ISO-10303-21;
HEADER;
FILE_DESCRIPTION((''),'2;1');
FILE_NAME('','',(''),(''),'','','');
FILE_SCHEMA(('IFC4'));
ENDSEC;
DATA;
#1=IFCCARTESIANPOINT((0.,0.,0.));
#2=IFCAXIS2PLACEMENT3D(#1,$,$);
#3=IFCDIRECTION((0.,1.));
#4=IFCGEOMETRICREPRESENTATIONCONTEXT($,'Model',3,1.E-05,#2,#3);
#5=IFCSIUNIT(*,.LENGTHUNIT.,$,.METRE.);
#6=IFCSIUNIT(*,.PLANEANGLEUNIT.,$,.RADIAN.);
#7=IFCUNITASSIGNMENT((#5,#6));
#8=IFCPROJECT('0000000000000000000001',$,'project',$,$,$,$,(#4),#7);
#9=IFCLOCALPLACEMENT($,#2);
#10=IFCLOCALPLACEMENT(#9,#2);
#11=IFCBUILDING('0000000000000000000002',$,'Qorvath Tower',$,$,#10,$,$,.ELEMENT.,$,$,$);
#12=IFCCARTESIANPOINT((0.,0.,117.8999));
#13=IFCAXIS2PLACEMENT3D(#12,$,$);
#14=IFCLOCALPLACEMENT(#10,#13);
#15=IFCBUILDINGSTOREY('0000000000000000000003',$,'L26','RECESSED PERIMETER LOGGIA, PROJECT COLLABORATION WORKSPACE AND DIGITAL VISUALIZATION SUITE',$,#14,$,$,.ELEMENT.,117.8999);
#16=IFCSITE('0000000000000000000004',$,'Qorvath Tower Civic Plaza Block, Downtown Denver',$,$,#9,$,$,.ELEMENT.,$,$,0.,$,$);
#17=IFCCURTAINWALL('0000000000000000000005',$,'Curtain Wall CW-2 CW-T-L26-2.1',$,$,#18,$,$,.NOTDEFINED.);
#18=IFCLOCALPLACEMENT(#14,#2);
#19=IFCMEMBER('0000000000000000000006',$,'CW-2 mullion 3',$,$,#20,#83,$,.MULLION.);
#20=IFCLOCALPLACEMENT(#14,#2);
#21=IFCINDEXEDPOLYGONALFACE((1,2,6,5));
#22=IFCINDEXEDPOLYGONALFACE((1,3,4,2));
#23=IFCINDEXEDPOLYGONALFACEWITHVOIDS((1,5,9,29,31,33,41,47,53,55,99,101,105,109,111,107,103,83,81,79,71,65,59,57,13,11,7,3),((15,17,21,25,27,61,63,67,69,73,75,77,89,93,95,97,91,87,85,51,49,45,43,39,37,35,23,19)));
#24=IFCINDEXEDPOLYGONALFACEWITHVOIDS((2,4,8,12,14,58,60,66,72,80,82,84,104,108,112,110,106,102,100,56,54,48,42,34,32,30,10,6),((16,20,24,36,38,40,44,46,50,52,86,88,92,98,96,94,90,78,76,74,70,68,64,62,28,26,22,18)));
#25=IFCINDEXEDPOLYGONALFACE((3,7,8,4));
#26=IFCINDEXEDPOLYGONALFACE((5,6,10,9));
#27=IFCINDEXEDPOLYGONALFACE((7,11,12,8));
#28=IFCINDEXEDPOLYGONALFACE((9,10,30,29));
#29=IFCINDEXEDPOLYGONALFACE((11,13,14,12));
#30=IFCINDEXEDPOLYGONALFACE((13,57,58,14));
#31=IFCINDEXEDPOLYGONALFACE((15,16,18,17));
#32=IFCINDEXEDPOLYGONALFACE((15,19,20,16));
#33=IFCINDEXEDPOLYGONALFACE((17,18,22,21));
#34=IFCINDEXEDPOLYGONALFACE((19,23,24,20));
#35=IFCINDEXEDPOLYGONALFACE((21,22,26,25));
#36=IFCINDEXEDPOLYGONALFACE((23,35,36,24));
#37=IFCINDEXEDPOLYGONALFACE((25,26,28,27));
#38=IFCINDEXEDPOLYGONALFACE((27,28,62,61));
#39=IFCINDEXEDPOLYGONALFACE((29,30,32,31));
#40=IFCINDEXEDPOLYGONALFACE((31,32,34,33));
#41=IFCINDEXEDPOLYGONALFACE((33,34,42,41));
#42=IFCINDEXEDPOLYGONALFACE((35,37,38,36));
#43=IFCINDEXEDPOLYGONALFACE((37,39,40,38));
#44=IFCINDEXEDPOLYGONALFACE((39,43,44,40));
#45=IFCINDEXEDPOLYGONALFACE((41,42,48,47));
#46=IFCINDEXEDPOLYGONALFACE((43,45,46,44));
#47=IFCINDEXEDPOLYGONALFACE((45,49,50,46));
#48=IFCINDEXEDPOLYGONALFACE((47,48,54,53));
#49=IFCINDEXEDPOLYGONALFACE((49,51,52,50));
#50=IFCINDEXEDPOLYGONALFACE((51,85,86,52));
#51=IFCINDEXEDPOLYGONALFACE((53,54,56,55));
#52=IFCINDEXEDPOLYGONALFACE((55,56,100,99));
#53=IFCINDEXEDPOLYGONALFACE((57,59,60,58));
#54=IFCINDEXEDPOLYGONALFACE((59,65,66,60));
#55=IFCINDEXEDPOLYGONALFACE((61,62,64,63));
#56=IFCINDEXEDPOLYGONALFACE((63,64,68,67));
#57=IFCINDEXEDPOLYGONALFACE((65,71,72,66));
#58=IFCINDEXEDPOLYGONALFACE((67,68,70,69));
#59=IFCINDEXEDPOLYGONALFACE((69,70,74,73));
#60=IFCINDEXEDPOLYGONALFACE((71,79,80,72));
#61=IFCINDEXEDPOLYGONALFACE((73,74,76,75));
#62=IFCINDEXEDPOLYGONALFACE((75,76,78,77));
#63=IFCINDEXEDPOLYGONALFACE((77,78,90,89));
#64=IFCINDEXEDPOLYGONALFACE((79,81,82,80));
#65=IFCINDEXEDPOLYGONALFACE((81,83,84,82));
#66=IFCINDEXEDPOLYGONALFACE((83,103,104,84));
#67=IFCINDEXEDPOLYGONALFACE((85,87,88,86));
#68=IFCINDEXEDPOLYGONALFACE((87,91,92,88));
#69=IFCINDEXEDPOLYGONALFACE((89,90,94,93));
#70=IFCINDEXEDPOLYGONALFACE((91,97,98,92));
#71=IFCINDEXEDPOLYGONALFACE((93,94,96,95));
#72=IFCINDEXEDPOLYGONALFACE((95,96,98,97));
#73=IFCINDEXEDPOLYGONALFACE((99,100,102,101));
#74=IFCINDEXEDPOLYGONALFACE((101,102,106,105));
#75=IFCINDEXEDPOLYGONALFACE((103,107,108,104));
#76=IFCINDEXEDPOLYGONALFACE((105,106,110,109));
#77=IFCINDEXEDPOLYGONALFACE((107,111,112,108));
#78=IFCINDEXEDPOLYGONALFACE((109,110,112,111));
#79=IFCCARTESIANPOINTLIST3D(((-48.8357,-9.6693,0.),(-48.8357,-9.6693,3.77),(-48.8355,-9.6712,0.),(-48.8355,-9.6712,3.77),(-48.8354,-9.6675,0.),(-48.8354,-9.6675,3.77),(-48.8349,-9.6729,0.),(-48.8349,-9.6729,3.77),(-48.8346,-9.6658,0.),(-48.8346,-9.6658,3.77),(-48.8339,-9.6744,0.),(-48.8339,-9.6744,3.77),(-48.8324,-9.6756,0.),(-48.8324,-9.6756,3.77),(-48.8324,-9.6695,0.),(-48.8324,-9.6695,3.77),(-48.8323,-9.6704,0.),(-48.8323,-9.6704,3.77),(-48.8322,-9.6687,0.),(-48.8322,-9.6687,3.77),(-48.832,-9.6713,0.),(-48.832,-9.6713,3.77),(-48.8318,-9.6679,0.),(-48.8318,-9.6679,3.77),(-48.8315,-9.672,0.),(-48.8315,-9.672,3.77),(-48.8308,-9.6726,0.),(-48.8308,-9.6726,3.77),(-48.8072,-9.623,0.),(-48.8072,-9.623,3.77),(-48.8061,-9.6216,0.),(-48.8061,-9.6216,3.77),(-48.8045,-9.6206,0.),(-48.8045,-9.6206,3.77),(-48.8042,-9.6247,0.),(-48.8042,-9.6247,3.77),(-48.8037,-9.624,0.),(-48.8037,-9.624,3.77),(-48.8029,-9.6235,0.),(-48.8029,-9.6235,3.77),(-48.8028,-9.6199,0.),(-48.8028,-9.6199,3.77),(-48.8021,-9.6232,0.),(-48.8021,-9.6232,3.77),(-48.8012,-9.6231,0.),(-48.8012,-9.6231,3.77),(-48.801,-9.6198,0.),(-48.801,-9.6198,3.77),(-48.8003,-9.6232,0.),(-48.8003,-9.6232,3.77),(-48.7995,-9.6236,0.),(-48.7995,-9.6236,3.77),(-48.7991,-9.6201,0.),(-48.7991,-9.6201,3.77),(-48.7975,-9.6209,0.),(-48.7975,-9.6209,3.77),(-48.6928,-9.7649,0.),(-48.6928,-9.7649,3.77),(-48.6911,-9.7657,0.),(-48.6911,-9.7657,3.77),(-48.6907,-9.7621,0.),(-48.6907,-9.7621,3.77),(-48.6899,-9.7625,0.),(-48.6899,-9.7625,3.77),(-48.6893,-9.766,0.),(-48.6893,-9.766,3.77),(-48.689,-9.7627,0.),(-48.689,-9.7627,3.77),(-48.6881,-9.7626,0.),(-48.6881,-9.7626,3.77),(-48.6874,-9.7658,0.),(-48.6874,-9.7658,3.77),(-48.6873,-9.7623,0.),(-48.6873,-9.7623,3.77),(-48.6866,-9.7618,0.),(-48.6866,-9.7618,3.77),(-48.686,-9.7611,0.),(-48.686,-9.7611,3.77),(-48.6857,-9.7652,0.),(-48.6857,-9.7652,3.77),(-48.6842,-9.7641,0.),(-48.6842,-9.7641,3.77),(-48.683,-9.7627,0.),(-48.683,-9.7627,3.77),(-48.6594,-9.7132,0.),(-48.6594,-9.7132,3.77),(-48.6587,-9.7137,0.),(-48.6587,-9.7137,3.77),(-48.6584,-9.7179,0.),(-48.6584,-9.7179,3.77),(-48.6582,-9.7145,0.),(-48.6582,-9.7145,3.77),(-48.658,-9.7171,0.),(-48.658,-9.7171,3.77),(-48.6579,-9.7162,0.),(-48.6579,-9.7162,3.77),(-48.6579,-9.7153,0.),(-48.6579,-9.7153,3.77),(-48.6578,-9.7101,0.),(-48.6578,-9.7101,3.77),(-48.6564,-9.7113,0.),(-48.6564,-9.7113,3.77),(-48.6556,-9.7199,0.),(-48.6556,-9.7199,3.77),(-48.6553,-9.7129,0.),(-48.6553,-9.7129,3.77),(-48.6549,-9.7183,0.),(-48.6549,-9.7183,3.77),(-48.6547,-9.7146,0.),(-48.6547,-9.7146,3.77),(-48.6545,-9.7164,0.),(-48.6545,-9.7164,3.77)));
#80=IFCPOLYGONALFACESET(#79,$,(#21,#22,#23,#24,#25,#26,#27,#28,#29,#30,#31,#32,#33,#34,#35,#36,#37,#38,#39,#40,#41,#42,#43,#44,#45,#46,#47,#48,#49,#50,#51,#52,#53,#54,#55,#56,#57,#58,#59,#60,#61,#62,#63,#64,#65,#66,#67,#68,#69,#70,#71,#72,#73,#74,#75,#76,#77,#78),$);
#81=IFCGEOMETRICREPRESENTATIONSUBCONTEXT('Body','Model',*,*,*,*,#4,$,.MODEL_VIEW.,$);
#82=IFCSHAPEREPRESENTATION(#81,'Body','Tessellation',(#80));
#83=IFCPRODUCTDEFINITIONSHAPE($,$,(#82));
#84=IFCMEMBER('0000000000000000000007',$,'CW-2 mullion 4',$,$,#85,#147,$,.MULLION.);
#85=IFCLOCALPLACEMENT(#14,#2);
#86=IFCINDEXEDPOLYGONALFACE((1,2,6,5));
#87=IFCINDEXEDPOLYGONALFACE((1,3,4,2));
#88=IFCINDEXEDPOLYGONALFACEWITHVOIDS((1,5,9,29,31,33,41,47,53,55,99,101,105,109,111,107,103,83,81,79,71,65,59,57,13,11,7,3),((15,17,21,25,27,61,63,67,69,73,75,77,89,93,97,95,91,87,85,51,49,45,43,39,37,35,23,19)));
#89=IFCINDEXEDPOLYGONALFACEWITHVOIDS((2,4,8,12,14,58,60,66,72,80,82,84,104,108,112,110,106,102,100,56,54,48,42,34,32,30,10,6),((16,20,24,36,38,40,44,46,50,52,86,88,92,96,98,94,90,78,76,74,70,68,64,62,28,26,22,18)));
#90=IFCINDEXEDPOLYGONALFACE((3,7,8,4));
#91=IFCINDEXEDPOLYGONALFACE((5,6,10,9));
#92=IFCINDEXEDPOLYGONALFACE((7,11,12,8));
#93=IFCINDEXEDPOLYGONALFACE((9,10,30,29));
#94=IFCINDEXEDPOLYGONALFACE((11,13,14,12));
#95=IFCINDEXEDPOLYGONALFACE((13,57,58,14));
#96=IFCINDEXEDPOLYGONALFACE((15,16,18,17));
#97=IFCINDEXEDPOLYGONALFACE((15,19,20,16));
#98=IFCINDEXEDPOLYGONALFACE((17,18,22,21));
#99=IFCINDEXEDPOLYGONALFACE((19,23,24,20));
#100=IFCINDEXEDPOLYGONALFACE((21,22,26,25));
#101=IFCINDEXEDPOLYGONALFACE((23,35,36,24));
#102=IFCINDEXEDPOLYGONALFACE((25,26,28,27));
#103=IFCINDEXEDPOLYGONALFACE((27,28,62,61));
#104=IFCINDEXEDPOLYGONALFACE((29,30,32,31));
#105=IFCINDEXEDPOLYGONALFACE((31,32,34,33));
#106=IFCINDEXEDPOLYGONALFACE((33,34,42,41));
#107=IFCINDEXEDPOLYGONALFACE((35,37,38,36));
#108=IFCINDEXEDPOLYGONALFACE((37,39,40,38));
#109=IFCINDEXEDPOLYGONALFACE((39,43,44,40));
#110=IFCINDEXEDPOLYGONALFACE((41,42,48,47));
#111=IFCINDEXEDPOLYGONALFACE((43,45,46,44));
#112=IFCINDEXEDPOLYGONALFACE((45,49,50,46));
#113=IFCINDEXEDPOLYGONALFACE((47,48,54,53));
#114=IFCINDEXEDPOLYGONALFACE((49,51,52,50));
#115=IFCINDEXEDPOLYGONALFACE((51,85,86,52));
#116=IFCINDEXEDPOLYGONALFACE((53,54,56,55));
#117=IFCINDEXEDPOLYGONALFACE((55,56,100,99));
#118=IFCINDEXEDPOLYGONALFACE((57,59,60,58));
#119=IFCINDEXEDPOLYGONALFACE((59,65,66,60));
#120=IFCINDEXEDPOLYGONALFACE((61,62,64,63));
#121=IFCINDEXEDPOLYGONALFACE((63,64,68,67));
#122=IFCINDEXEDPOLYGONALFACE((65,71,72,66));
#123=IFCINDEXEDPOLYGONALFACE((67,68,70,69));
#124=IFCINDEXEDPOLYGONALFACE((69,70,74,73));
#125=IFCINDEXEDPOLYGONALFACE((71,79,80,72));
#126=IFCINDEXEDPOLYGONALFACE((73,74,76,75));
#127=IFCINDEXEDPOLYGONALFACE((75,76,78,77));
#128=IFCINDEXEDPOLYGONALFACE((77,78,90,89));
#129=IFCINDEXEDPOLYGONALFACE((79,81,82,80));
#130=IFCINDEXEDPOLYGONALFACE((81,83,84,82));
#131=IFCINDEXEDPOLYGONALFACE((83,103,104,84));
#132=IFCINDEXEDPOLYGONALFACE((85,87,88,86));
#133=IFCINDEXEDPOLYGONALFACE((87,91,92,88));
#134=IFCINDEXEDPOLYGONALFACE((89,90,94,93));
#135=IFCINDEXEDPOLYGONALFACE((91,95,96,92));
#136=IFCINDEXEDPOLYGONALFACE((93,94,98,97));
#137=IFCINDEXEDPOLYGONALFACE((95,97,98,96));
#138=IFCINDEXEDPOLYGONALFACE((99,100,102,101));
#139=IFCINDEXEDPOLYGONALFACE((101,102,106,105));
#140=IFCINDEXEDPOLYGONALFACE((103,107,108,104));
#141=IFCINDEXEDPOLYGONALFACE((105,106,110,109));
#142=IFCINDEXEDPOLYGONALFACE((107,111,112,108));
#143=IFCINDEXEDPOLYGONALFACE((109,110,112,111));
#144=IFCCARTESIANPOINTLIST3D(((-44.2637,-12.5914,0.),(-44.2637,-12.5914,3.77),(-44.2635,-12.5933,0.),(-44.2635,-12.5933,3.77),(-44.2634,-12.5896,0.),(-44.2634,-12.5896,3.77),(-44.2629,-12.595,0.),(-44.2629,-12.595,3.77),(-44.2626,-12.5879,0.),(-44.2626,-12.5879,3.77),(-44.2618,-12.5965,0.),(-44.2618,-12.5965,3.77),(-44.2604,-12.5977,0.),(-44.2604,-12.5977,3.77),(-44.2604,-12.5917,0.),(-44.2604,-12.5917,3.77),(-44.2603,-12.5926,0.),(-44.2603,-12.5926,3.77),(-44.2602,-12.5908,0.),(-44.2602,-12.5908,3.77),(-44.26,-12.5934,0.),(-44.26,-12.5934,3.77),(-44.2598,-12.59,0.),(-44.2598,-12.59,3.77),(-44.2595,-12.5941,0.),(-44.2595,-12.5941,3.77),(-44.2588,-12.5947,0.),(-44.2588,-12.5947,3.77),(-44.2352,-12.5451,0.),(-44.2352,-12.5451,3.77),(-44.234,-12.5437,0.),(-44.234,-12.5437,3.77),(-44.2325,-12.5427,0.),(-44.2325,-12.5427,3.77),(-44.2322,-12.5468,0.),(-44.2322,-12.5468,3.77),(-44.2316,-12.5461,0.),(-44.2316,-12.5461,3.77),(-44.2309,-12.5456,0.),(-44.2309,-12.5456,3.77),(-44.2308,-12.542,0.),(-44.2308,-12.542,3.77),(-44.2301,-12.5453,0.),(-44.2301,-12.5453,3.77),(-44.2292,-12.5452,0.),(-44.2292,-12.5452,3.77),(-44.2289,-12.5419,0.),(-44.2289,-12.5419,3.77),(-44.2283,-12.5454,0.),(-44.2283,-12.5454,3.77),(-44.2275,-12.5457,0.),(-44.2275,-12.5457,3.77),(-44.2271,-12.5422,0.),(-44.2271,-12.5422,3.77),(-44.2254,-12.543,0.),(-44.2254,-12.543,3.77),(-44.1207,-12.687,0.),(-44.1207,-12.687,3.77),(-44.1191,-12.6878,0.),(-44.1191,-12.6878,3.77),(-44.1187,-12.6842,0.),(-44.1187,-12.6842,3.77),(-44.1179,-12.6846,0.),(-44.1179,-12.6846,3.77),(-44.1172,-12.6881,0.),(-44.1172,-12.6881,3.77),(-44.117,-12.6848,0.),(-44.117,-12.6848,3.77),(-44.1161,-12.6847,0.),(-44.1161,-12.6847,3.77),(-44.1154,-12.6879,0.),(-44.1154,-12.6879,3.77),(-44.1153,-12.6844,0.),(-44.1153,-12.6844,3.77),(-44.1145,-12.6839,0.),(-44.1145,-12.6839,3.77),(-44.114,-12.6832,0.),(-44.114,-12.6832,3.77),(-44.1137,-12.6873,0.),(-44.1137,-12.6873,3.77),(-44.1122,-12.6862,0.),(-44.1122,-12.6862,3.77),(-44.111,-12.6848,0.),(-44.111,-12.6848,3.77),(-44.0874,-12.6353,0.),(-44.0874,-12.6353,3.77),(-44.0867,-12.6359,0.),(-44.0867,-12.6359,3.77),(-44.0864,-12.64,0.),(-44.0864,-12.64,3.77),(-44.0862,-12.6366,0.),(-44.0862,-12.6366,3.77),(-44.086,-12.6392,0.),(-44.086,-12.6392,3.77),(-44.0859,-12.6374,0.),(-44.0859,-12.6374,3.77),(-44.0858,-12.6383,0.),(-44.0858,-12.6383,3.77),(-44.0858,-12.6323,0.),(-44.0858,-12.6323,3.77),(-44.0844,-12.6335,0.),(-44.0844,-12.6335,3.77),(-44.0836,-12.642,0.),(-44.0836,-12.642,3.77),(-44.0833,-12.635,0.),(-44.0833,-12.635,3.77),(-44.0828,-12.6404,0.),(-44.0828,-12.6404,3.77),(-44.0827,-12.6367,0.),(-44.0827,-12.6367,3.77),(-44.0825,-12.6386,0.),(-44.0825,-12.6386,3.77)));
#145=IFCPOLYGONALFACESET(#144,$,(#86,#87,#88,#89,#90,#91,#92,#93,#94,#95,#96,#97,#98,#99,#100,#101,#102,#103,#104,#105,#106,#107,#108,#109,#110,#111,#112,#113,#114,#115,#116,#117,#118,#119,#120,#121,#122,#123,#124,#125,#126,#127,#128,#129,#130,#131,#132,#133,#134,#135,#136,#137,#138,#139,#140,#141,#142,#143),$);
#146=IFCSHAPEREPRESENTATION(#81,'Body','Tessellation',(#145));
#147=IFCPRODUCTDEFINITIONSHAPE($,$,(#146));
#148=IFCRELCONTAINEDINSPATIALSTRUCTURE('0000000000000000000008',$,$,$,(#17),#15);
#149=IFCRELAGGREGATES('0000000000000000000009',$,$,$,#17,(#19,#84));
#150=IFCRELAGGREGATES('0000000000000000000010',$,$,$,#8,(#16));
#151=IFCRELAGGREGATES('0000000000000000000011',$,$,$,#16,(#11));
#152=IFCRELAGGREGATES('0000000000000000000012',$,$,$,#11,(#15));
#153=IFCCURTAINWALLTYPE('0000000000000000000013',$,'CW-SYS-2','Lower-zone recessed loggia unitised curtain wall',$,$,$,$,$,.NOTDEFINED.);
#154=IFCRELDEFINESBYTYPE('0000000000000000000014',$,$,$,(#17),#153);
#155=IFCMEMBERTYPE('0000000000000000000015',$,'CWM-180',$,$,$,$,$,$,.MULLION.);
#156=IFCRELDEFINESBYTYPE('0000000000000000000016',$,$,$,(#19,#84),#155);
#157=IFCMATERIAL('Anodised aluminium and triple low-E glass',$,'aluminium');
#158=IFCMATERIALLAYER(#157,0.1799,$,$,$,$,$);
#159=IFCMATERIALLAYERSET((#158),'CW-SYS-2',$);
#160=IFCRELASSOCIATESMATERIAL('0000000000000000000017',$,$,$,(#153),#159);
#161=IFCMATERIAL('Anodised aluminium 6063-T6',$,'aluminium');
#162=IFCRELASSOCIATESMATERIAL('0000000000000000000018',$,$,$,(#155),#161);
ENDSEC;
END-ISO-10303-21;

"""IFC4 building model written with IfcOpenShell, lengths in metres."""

from ifc_helpers import new_model, si_unit, direction, frame, origin, origin_2d, place, context, subcontext, project, spatial, hollow_rectangle, extrude, material, layer, layer_set, material_profile, profile_set, type_object, element, aggregate, save


model = new_model("IFC4")

# Units and contexts
model_context = context("Model", 3, precision=1e-05, world=origin(), true_north=direction((0.0, 1.0)))
body_context = subcontext(model_context, "Body", "Model", "MODEL_VIEW")
ifc_project = project(units=[si_unit("LENGTHUNIT", "METRE"), si_unit("PLANEANGLEUNIT", "RADIAN")], contexts=[model_context])

# Site, building, storey
site_placement = place(None, origin())
site = spatial("IfcSite", under=ifc_project, at=site_placement, Name="Qorvath Tower Civic Plaza Block, Downtown Denver", CompositionType="ELEMENT", RefElevation=0.0)
building_placement = place(site_placement, origin())
building = spatial("IfcBuilding", under=site, at=building_placement, Name="Qorvath Tower", CompositionType="ELEMENT")
storey_placement = place(building_placement, frame((0.0, 0.0, 117.8999)))
storey = spatial("IfcBuildingStorey", under=building, at=storey_placement, Name="L26", Description="RECESSED PERIMETER LOGGIA, PROJECT COLLABORATION WORKSPACE AND DIGITAL VISUALIZATION SUITE", CompositionType="ELEMENT", Elevation=117.8999)

# Curtain wall, members
ifc_material_1 = material(Name="Anodised aluminium and triple low-E glass", Category="aluminium")
ifc_layer_1 = layer(ifc_material_1, 0.1799)
ifc_layer_set_1 = layer_set([ifc_layer_1], Name="CW-SYS-2")
curtain_wall_type = type_object("IfcCurtainWallType", Name="CW-SYS-2", Description="Lower-zone recessed loggia unitised curtain wall", PredefinedType="NOTDEFINED", material=ifc_layer_set_1)
curtain_wall_placement = place(storey_placement, origin())
curtain_wall = element("IfcCurtainWall", 1, at=curtain_wall_placement, inside=storey, type_object=curtain_wall_type, Name="Curtain Wall CW-2 CW-T-L26-2.1", PredefinedType="NOTDEFINED")
ifc_material_2 = material(Name="Anodised aluminium 6063-T6", Category="aluminium")
ifc_material_profile_1 = material_profile(ifc_material_2, hollow_rectangle(XDim=0.0649, YDim=0.1799, WallThickness=0.0034, InnerFilletRadius=0.0034, OuterFilletRadius=0.0071, at=origin_2d()), Name="CWM 180x65")
ifc_profile_set_1 = profile_set([ifc_material_profile_1], Name="Anodised aluminium 6063-T6")
member_type_1 = type_object("IfcMemberType", Name="CWM-180", PredefinedType="MULLION", material=ifc_profile_set_1)
member_1_placement = place(storey_placement, frame((-48.7451, -9.6929, 0.0), z_axis=(0.0, 0.0, 1.0), x_axis=(0.538534, 0.842604, 0.0)))
member_1 = element("IfcMember", 2, at=member_1_placement, type_object=member_type_1, Name="CW-2 mullion 3", PredefinedType="MULLION", context=body_context, shape_type="SweptSolid", body=[
    extrude(hollow_rectangle(XDim=0.0649, YDim=0.1799, WallThickness=0.0034, InnerFilletRadius=0.0034, OuterFilletRadius=0.0071, at=origin_2d()), origin(), (0.0, 0.0, 1.0), 3.77),
])
member_2_placement = place(storey_placement, frame((-44.1731, -12.615, 0.0), z_axis=(0.0, 0.0, 1.0), x_axis=(0.538534, 0.842604, 0.0)))
member_2 = element("IfcMember", 3, at=member_2_placement, type_object=member_type_1, Name="CW-2 mullion 4", PredefinedType="MULLION", context=body_context, shape_type="SweptSolid", body=[
    extrude(hollow_rectangle(XDim=0.0649, YDim=0.1799, WallThickness=0.0034, InnerFilletRadius=0.0034, OuterFilletRadius=0.0071, at=origin_2d()), origin(), (0.0, 0.0, 1.0), 3.77),
])
aggregate(curtain_wall, [member_1, member_2])

save(model, "model.ifc")
